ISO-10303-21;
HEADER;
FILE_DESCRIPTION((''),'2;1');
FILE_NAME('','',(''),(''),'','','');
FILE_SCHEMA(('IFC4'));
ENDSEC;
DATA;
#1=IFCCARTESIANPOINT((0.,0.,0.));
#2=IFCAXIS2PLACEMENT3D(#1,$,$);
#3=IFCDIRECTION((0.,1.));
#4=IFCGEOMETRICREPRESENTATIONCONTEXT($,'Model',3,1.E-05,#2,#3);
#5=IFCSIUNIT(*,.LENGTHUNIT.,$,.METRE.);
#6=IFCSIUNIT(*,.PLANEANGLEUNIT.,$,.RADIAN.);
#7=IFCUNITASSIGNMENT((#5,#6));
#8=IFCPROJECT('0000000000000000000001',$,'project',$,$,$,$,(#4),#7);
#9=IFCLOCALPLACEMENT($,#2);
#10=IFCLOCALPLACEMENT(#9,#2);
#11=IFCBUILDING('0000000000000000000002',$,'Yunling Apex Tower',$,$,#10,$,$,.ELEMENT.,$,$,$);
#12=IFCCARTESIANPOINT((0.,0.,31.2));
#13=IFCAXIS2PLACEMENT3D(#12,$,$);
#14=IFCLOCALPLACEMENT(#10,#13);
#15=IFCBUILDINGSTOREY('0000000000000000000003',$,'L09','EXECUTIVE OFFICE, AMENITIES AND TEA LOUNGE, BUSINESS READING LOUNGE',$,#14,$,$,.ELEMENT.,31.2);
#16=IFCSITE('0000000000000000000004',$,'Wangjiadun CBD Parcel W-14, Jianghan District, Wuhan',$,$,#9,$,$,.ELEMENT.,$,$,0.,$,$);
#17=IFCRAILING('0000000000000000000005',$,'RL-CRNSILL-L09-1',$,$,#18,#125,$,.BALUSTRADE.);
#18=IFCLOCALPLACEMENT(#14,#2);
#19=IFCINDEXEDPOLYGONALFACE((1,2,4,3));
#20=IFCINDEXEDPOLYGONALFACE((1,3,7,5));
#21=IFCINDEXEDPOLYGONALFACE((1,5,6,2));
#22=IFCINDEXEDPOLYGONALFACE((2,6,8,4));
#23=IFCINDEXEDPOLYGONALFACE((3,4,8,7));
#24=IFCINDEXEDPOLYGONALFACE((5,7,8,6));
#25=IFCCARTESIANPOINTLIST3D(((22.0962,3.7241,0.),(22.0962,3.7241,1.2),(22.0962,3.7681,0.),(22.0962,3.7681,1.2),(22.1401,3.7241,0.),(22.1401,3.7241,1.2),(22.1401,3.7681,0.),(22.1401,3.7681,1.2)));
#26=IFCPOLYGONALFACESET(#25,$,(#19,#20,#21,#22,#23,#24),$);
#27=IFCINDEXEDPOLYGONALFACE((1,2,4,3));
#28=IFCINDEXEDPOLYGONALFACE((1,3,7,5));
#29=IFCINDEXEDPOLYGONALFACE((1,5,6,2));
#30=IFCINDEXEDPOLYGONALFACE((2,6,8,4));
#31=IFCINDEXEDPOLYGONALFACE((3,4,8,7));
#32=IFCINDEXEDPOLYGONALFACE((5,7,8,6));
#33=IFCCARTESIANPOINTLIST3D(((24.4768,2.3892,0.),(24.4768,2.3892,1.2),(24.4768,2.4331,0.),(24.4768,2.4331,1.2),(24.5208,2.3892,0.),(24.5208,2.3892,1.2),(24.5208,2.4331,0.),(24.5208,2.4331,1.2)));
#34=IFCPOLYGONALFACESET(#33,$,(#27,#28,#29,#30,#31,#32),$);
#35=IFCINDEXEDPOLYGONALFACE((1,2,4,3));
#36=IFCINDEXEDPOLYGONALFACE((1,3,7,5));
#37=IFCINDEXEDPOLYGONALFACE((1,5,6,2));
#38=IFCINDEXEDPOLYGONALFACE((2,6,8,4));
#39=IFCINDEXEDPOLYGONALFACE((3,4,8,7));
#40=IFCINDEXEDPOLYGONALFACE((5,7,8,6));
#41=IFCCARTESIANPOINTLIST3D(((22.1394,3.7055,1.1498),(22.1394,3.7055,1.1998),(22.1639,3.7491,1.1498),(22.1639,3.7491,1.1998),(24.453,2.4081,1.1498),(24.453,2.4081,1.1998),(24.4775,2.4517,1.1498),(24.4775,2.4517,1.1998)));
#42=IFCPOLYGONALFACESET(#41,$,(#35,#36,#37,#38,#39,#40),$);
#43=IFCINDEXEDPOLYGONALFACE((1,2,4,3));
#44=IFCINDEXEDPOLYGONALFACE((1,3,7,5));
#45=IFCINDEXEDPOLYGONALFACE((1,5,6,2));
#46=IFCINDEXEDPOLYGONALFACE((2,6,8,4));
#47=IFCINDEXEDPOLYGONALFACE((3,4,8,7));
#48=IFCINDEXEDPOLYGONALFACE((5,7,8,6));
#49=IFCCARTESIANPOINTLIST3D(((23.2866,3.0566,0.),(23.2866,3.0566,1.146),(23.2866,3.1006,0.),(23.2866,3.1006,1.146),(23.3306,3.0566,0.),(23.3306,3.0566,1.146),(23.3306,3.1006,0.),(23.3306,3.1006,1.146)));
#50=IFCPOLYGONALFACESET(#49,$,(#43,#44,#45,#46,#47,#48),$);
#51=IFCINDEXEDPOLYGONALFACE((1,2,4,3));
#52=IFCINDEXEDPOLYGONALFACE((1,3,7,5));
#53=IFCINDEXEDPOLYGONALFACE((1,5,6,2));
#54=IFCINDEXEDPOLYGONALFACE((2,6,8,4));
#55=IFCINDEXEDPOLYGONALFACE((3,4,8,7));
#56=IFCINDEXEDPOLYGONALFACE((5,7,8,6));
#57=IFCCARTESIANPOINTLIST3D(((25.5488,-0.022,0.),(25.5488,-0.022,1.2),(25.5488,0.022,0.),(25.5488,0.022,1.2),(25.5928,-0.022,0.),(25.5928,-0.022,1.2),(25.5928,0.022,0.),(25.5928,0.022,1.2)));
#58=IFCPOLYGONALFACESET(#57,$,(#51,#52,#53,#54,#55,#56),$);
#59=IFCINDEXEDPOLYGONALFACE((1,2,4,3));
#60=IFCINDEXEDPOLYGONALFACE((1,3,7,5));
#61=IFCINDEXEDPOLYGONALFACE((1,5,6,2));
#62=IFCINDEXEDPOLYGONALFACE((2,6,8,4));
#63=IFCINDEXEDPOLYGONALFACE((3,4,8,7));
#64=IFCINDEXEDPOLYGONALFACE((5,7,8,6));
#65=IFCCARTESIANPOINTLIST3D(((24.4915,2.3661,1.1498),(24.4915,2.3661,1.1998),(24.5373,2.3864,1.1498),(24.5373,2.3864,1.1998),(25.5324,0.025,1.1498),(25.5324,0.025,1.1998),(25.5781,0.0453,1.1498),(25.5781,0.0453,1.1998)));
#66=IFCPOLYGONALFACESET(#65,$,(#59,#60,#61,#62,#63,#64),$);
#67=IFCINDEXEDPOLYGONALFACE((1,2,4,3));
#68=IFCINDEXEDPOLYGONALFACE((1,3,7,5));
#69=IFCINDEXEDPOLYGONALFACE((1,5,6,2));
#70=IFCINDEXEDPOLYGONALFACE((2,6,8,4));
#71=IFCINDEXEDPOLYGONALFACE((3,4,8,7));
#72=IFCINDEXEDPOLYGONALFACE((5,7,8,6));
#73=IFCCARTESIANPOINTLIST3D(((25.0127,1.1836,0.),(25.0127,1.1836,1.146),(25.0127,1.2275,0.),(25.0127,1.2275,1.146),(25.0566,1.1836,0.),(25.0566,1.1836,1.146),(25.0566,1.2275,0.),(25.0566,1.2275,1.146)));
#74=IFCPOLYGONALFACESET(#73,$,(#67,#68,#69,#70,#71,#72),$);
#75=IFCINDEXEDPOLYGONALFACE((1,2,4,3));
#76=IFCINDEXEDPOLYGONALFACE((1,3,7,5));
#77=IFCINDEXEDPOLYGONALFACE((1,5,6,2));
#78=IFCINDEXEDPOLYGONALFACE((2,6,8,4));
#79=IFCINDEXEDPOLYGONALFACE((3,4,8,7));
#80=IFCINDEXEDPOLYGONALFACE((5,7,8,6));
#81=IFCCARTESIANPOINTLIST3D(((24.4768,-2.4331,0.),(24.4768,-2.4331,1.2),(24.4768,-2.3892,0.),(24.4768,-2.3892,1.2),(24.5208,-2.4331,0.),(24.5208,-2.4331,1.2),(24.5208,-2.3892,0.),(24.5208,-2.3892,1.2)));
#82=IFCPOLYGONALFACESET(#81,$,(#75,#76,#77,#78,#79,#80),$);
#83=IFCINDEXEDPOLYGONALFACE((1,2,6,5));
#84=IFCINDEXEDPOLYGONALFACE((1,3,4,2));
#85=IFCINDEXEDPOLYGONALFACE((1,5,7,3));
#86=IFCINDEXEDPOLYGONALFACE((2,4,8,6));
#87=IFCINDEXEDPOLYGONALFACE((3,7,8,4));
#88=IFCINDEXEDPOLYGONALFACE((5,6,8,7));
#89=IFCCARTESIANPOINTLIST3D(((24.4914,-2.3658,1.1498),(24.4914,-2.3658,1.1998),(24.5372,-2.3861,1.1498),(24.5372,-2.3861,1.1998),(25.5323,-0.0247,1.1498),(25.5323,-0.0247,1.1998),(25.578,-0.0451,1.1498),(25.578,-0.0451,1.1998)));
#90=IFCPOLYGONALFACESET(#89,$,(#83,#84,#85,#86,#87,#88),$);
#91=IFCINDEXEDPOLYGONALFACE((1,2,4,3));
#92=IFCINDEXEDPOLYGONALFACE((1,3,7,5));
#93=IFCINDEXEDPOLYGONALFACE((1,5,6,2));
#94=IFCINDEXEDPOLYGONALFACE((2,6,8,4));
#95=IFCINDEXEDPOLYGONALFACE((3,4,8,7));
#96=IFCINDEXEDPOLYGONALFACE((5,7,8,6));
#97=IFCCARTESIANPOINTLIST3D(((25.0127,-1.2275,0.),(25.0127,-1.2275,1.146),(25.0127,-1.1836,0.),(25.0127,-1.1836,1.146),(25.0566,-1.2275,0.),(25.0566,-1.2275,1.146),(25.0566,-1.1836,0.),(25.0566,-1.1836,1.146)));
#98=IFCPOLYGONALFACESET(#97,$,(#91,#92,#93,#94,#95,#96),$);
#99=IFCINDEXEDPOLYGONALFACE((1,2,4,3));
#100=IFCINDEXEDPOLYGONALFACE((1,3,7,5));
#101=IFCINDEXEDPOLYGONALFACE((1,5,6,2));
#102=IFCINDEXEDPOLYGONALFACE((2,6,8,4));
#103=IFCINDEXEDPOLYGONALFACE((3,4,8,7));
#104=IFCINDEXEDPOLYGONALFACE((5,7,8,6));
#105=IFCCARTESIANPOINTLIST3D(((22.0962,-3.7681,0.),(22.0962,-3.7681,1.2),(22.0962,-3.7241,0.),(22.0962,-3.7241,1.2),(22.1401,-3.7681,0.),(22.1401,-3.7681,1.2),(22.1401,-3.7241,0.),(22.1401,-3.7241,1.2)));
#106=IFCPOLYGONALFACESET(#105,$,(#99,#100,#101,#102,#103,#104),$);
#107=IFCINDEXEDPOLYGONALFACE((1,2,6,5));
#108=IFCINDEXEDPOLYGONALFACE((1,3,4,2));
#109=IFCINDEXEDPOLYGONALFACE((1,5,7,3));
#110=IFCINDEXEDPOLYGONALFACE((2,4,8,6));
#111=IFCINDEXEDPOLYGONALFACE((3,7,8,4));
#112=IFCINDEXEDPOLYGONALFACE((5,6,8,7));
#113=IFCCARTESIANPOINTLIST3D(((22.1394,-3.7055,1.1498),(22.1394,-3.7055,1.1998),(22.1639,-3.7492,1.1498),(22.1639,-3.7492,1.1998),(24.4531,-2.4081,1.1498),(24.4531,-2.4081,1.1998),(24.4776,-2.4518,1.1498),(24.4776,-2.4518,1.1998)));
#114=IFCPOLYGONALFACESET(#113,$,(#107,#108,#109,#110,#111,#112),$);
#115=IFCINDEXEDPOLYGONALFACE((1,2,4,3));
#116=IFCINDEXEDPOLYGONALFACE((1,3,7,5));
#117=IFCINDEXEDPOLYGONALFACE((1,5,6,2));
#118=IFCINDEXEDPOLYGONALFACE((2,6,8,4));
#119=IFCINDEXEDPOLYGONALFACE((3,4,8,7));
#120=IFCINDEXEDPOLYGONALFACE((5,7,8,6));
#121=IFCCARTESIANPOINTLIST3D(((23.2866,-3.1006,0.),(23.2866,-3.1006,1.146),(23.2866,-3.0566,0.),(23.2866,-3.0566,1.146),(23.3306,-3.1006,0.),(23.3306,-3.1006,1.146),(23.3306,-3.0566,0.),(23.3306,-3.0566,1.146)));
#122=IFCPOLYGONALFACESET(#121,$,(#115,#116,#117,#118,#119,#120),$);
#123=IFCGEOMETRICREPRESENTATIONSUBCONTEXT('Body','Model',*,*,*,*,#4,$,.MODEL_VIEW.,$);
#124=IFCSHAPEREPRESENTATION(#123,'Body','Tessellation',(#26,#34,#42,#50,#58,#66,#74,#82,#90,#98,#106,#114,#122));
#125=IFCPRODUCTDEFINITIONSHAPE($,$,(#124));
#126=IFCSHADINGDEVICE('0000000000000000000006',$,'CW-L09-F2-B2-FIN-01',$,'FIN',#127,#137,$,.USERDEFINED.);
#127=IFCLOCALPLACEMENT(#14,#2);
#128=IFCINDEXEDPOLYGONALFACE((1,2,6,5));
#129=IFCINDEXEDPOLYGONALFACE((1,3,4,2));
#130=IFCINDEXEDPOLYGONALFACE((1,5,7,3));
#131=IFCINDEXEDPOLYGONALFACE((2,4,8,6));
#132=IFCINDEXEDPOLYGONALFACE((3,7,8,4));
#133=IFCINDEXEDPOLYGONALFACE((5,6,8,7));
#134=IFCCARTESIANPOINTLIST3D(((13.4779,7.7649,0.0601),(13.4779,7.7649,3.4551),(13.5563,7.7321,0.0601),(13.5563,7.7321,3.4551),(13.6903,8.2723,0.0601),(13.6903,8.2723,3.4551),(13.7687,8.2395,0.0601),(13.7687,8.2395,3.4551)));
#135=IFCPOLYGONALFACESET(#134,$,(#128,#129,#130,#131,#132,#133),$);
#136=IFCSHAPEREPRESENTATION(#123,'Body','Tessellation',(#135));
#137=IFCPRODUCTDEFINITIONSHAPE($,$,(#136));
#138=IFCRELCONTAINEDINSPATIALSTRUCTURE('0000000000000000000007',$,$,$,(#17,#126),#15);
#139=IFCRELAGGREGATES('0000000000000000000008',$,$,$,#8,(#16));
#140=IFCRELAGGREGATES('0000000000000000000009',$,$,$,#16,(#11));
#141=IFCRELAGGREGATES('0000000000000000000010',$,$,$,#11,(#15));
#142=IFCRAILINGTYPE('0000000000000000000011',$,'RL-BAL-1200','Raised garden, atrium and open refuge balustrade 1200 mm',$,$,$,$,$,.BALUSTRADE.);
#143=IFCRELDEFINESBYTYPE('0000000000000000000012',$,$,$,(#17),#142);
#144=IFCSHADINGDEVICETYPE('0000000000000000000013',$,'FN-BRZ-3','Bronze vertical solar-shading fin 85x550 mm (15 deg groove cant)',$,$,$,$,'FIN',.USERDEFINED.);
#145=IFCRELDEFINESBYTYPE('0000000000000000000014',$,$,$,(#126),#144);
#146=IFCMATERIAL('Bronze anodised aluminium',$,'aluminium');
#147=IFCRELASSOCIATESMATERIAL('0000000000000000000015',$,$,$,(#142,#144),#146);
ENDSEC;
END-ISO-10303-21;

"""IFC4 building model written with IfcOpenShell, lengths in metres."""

from ifc_helpers import new_model, si_unit, direction, frame, origin, origin_2d, place, context, subcontext, project, spatial, rectangle, extrude, source, transform, mapped, material, material_profile, profile_set, type_object, element, save


model = new_model("IFC4")

# Units and contexts
model_context = context("Model", 3, precision=1e-05, world=origin(), true_north=direction((0.0, 1.0)))
body_context = subcontext(model_context, "Body", "Model", "MODEL_VIEW")
ifc_project = project(units=[si_unit("LENGTHUNIT", "METRE"), si_unit("PLANEANGLEUNIT", "RADIAN")], contexts=[model_context])

# Site, building, storey
site_placement = place(None, origin())
site = spatial("IfcSite", under=ifc_project, at=site_placement, Name="Wangjiadun CBD Parcel W-14, Jianghan District, Wuhan", CompositionType="ELEMENT", RefElevation=0.0)
building_placement = place(site_placement, origin())
building = spatial("IfcBuilding", under=site, at=building_placement, Name="Yunling Apex Tower", CompositionType="ELEMENT")
storey_placement = place(building_placement, frame((0.0, 0.0, 31.2)))
storey = spatial("IfcBuildingStorey", under=building, at=storey_placement, Name="L09", Description="EXECUTIVE OFFICE, AMENITIES AND TEA LOUNGE, BUSINESS READING LOUNGE", CompositionType="ELEMENT", Elevation=31.2)

# Shared definitions
ifc_material_1 = material(Name="Bronze anodised aluminium", Category="aluminium")

# Railing
railing_type = type_object("IfcRailingType", Name="RL-BAL-1200", Description="Raised garden, atrium and open refuge balustrade 1200 mm", PredefinedType="BALUSTRADE", material=ifc_material_1)
railing_placement = place(storey_placement, frame((22.1182, 3.7461, 0.0)))
element("IfcRailing", 1, at=railing_placement, inside=storey, type_object=railing_type, Name="RL-CRNSILL-L09-1", PredefinedType="BALUSTRADE", context=body_context, shape_type="SweptSolid", body=[
    extrude(rectangle(XDim=0.0439, YDim=0.0439, at=origin_2d()), origin(), (0.0, 0.0, 1.0), 1.2),
    extrude(rectangle(XDim=0.0439, YDim=0.0439, at=origin_2d()), frame((2.3806, -1.335, 0.0)), (0.0, 0.0, 1.0), 1.2),
    extrude(rectangle(XDim=0.05, YDim=0.05, at=origin_2d()), frame((0.0334, -0.0188, 1.1748), z_axis=(0.872222, -0.48911, 0.0), x_axis=(0.48911, 0.872222, 0.0)), (0.0, 0.0, 1.0), 2.6526),
    extrude(rectangle(XDim=0.0439, YDim=0.0439, at=origin_2d()), frame((1.1904, -0.6675, 0.0)), (0.0, 0.0, 1.0), 1.146),
    extrude(rectangle(XDim=0.0439, YDim=0.0439, at=origin_2d()), frame((3.4526, -3.7461, 0.0)), (0.0, 0.0, 1.0), 1.2),
    extrude(rectangle(XDim=0.05, YDim=0.05, at=origin_2d()), frame((2.3962, -1.3699, 1.1748), z_axis=(0.406267, -0.913754, 0.0), x_axis=(0.913754, 0.406267, 0.0)), (0.0, 0.0, 1.0), 2.562),
    extrude(rectangle(XDim=0.0439, YDim=0.0439, at=origin_2d()), frame((2.9165, -2.5405, 0.0)), (0.0, 0.0, 1.0), 1.146),
    extrude(rectangle(XDim=0.0439, YDim=0.0439, at=origin_2d()), frame((2.3806, -6.1572, 0.0)), (0.0, 0.0, 1.0), 1.2),
    extrude(rectangle(XDim=0.05, YDim=0.05, at=origin_2d()), frame((3.437, -3.781, 1.1748), z_axis=(-0.406267, -0.913754, 0.0), x_axis=(0.913754, -0.406267, 0.0)), (0.0, 0.0, 1.0), 2.562),
    extrude(rectangle(XDim=0.0439, YDim=0.0439, at=origin_2d()), frame((2.9165, -4.9517, 0.0)), (0.0, 0.0, 1.0), 1.146),
    extrude(rectangle(XDim=0.0439, YDim=0.0439, at=origin_2d()), frame((0.0, -7.4922, 0.0)), (0.0, 0.0, 1.0), 1.2),
    extrude(rectangle(XDim=0.05, YDim=0.05, at=origin_2d()), frame((2.3472, -6.176, 1.1748), z_axis=(-0.872222, -0.48911, 0.0), x_axis=(0.48911, -0.872222, 0.0)), (0.0, 0.0, 1.0), 2.6526),
    extrude(rectangle(XDim=0.0439, YDim=0.0439, at=origin_2d()), frame((1.1904, -6.8247, 0.0)), (0.0, 0.0, 1.0), 1.146),
])

# Shading device
ifc_material_profile_1 = material_profile(ifc_material_1, rectangle(XDim=0.085, YDim=0.55, at=origin_2d()))
ifc_profile_set_1 = profile_set([ifc_material_profile_1], Name="Bronze anodised aluminium")
shading_device_type = type_object("IfcShadingDeviceType", Name="FN-BRZ-3", Description="Bronze vertical solar-shading fin 85x550 mm (15 deg groove cant)", ElementType="FIN", PredefinedType="USERDEFINED", material=ifc_profile_set_1)
shared_shape_1 = source(origin(), body_context, "Body", "SweptSolid", [
    extrude(rectangle(XDim=0.085, YDim=0.55, at=origin_2d()), origin(), (0.0, 0.0, 1.0), 3.395),
])
shading_device_placement = place(storey_placement, frame((13.6233, 8.0022, 0.0601), z_axis=(0.0, 0.0, 1.0), x_axis=(-0.922471, 0.386067, 0.0)))
element("IfcShadingDevice", 2, at=shading_device_placement, inside=storey, type_object=shading_device_type, Name="CW-L09-F2-B2-FIN-01", ObjectType="FIN", PredefinedType="USERDEFINED", context=body_context, shape_type="MappedRepresentation", body=[
    mapped(shared_shape_1, transform((0.0, 0.0, 0.0), scale=1.0)),
])

save(model, "model.ifc")
